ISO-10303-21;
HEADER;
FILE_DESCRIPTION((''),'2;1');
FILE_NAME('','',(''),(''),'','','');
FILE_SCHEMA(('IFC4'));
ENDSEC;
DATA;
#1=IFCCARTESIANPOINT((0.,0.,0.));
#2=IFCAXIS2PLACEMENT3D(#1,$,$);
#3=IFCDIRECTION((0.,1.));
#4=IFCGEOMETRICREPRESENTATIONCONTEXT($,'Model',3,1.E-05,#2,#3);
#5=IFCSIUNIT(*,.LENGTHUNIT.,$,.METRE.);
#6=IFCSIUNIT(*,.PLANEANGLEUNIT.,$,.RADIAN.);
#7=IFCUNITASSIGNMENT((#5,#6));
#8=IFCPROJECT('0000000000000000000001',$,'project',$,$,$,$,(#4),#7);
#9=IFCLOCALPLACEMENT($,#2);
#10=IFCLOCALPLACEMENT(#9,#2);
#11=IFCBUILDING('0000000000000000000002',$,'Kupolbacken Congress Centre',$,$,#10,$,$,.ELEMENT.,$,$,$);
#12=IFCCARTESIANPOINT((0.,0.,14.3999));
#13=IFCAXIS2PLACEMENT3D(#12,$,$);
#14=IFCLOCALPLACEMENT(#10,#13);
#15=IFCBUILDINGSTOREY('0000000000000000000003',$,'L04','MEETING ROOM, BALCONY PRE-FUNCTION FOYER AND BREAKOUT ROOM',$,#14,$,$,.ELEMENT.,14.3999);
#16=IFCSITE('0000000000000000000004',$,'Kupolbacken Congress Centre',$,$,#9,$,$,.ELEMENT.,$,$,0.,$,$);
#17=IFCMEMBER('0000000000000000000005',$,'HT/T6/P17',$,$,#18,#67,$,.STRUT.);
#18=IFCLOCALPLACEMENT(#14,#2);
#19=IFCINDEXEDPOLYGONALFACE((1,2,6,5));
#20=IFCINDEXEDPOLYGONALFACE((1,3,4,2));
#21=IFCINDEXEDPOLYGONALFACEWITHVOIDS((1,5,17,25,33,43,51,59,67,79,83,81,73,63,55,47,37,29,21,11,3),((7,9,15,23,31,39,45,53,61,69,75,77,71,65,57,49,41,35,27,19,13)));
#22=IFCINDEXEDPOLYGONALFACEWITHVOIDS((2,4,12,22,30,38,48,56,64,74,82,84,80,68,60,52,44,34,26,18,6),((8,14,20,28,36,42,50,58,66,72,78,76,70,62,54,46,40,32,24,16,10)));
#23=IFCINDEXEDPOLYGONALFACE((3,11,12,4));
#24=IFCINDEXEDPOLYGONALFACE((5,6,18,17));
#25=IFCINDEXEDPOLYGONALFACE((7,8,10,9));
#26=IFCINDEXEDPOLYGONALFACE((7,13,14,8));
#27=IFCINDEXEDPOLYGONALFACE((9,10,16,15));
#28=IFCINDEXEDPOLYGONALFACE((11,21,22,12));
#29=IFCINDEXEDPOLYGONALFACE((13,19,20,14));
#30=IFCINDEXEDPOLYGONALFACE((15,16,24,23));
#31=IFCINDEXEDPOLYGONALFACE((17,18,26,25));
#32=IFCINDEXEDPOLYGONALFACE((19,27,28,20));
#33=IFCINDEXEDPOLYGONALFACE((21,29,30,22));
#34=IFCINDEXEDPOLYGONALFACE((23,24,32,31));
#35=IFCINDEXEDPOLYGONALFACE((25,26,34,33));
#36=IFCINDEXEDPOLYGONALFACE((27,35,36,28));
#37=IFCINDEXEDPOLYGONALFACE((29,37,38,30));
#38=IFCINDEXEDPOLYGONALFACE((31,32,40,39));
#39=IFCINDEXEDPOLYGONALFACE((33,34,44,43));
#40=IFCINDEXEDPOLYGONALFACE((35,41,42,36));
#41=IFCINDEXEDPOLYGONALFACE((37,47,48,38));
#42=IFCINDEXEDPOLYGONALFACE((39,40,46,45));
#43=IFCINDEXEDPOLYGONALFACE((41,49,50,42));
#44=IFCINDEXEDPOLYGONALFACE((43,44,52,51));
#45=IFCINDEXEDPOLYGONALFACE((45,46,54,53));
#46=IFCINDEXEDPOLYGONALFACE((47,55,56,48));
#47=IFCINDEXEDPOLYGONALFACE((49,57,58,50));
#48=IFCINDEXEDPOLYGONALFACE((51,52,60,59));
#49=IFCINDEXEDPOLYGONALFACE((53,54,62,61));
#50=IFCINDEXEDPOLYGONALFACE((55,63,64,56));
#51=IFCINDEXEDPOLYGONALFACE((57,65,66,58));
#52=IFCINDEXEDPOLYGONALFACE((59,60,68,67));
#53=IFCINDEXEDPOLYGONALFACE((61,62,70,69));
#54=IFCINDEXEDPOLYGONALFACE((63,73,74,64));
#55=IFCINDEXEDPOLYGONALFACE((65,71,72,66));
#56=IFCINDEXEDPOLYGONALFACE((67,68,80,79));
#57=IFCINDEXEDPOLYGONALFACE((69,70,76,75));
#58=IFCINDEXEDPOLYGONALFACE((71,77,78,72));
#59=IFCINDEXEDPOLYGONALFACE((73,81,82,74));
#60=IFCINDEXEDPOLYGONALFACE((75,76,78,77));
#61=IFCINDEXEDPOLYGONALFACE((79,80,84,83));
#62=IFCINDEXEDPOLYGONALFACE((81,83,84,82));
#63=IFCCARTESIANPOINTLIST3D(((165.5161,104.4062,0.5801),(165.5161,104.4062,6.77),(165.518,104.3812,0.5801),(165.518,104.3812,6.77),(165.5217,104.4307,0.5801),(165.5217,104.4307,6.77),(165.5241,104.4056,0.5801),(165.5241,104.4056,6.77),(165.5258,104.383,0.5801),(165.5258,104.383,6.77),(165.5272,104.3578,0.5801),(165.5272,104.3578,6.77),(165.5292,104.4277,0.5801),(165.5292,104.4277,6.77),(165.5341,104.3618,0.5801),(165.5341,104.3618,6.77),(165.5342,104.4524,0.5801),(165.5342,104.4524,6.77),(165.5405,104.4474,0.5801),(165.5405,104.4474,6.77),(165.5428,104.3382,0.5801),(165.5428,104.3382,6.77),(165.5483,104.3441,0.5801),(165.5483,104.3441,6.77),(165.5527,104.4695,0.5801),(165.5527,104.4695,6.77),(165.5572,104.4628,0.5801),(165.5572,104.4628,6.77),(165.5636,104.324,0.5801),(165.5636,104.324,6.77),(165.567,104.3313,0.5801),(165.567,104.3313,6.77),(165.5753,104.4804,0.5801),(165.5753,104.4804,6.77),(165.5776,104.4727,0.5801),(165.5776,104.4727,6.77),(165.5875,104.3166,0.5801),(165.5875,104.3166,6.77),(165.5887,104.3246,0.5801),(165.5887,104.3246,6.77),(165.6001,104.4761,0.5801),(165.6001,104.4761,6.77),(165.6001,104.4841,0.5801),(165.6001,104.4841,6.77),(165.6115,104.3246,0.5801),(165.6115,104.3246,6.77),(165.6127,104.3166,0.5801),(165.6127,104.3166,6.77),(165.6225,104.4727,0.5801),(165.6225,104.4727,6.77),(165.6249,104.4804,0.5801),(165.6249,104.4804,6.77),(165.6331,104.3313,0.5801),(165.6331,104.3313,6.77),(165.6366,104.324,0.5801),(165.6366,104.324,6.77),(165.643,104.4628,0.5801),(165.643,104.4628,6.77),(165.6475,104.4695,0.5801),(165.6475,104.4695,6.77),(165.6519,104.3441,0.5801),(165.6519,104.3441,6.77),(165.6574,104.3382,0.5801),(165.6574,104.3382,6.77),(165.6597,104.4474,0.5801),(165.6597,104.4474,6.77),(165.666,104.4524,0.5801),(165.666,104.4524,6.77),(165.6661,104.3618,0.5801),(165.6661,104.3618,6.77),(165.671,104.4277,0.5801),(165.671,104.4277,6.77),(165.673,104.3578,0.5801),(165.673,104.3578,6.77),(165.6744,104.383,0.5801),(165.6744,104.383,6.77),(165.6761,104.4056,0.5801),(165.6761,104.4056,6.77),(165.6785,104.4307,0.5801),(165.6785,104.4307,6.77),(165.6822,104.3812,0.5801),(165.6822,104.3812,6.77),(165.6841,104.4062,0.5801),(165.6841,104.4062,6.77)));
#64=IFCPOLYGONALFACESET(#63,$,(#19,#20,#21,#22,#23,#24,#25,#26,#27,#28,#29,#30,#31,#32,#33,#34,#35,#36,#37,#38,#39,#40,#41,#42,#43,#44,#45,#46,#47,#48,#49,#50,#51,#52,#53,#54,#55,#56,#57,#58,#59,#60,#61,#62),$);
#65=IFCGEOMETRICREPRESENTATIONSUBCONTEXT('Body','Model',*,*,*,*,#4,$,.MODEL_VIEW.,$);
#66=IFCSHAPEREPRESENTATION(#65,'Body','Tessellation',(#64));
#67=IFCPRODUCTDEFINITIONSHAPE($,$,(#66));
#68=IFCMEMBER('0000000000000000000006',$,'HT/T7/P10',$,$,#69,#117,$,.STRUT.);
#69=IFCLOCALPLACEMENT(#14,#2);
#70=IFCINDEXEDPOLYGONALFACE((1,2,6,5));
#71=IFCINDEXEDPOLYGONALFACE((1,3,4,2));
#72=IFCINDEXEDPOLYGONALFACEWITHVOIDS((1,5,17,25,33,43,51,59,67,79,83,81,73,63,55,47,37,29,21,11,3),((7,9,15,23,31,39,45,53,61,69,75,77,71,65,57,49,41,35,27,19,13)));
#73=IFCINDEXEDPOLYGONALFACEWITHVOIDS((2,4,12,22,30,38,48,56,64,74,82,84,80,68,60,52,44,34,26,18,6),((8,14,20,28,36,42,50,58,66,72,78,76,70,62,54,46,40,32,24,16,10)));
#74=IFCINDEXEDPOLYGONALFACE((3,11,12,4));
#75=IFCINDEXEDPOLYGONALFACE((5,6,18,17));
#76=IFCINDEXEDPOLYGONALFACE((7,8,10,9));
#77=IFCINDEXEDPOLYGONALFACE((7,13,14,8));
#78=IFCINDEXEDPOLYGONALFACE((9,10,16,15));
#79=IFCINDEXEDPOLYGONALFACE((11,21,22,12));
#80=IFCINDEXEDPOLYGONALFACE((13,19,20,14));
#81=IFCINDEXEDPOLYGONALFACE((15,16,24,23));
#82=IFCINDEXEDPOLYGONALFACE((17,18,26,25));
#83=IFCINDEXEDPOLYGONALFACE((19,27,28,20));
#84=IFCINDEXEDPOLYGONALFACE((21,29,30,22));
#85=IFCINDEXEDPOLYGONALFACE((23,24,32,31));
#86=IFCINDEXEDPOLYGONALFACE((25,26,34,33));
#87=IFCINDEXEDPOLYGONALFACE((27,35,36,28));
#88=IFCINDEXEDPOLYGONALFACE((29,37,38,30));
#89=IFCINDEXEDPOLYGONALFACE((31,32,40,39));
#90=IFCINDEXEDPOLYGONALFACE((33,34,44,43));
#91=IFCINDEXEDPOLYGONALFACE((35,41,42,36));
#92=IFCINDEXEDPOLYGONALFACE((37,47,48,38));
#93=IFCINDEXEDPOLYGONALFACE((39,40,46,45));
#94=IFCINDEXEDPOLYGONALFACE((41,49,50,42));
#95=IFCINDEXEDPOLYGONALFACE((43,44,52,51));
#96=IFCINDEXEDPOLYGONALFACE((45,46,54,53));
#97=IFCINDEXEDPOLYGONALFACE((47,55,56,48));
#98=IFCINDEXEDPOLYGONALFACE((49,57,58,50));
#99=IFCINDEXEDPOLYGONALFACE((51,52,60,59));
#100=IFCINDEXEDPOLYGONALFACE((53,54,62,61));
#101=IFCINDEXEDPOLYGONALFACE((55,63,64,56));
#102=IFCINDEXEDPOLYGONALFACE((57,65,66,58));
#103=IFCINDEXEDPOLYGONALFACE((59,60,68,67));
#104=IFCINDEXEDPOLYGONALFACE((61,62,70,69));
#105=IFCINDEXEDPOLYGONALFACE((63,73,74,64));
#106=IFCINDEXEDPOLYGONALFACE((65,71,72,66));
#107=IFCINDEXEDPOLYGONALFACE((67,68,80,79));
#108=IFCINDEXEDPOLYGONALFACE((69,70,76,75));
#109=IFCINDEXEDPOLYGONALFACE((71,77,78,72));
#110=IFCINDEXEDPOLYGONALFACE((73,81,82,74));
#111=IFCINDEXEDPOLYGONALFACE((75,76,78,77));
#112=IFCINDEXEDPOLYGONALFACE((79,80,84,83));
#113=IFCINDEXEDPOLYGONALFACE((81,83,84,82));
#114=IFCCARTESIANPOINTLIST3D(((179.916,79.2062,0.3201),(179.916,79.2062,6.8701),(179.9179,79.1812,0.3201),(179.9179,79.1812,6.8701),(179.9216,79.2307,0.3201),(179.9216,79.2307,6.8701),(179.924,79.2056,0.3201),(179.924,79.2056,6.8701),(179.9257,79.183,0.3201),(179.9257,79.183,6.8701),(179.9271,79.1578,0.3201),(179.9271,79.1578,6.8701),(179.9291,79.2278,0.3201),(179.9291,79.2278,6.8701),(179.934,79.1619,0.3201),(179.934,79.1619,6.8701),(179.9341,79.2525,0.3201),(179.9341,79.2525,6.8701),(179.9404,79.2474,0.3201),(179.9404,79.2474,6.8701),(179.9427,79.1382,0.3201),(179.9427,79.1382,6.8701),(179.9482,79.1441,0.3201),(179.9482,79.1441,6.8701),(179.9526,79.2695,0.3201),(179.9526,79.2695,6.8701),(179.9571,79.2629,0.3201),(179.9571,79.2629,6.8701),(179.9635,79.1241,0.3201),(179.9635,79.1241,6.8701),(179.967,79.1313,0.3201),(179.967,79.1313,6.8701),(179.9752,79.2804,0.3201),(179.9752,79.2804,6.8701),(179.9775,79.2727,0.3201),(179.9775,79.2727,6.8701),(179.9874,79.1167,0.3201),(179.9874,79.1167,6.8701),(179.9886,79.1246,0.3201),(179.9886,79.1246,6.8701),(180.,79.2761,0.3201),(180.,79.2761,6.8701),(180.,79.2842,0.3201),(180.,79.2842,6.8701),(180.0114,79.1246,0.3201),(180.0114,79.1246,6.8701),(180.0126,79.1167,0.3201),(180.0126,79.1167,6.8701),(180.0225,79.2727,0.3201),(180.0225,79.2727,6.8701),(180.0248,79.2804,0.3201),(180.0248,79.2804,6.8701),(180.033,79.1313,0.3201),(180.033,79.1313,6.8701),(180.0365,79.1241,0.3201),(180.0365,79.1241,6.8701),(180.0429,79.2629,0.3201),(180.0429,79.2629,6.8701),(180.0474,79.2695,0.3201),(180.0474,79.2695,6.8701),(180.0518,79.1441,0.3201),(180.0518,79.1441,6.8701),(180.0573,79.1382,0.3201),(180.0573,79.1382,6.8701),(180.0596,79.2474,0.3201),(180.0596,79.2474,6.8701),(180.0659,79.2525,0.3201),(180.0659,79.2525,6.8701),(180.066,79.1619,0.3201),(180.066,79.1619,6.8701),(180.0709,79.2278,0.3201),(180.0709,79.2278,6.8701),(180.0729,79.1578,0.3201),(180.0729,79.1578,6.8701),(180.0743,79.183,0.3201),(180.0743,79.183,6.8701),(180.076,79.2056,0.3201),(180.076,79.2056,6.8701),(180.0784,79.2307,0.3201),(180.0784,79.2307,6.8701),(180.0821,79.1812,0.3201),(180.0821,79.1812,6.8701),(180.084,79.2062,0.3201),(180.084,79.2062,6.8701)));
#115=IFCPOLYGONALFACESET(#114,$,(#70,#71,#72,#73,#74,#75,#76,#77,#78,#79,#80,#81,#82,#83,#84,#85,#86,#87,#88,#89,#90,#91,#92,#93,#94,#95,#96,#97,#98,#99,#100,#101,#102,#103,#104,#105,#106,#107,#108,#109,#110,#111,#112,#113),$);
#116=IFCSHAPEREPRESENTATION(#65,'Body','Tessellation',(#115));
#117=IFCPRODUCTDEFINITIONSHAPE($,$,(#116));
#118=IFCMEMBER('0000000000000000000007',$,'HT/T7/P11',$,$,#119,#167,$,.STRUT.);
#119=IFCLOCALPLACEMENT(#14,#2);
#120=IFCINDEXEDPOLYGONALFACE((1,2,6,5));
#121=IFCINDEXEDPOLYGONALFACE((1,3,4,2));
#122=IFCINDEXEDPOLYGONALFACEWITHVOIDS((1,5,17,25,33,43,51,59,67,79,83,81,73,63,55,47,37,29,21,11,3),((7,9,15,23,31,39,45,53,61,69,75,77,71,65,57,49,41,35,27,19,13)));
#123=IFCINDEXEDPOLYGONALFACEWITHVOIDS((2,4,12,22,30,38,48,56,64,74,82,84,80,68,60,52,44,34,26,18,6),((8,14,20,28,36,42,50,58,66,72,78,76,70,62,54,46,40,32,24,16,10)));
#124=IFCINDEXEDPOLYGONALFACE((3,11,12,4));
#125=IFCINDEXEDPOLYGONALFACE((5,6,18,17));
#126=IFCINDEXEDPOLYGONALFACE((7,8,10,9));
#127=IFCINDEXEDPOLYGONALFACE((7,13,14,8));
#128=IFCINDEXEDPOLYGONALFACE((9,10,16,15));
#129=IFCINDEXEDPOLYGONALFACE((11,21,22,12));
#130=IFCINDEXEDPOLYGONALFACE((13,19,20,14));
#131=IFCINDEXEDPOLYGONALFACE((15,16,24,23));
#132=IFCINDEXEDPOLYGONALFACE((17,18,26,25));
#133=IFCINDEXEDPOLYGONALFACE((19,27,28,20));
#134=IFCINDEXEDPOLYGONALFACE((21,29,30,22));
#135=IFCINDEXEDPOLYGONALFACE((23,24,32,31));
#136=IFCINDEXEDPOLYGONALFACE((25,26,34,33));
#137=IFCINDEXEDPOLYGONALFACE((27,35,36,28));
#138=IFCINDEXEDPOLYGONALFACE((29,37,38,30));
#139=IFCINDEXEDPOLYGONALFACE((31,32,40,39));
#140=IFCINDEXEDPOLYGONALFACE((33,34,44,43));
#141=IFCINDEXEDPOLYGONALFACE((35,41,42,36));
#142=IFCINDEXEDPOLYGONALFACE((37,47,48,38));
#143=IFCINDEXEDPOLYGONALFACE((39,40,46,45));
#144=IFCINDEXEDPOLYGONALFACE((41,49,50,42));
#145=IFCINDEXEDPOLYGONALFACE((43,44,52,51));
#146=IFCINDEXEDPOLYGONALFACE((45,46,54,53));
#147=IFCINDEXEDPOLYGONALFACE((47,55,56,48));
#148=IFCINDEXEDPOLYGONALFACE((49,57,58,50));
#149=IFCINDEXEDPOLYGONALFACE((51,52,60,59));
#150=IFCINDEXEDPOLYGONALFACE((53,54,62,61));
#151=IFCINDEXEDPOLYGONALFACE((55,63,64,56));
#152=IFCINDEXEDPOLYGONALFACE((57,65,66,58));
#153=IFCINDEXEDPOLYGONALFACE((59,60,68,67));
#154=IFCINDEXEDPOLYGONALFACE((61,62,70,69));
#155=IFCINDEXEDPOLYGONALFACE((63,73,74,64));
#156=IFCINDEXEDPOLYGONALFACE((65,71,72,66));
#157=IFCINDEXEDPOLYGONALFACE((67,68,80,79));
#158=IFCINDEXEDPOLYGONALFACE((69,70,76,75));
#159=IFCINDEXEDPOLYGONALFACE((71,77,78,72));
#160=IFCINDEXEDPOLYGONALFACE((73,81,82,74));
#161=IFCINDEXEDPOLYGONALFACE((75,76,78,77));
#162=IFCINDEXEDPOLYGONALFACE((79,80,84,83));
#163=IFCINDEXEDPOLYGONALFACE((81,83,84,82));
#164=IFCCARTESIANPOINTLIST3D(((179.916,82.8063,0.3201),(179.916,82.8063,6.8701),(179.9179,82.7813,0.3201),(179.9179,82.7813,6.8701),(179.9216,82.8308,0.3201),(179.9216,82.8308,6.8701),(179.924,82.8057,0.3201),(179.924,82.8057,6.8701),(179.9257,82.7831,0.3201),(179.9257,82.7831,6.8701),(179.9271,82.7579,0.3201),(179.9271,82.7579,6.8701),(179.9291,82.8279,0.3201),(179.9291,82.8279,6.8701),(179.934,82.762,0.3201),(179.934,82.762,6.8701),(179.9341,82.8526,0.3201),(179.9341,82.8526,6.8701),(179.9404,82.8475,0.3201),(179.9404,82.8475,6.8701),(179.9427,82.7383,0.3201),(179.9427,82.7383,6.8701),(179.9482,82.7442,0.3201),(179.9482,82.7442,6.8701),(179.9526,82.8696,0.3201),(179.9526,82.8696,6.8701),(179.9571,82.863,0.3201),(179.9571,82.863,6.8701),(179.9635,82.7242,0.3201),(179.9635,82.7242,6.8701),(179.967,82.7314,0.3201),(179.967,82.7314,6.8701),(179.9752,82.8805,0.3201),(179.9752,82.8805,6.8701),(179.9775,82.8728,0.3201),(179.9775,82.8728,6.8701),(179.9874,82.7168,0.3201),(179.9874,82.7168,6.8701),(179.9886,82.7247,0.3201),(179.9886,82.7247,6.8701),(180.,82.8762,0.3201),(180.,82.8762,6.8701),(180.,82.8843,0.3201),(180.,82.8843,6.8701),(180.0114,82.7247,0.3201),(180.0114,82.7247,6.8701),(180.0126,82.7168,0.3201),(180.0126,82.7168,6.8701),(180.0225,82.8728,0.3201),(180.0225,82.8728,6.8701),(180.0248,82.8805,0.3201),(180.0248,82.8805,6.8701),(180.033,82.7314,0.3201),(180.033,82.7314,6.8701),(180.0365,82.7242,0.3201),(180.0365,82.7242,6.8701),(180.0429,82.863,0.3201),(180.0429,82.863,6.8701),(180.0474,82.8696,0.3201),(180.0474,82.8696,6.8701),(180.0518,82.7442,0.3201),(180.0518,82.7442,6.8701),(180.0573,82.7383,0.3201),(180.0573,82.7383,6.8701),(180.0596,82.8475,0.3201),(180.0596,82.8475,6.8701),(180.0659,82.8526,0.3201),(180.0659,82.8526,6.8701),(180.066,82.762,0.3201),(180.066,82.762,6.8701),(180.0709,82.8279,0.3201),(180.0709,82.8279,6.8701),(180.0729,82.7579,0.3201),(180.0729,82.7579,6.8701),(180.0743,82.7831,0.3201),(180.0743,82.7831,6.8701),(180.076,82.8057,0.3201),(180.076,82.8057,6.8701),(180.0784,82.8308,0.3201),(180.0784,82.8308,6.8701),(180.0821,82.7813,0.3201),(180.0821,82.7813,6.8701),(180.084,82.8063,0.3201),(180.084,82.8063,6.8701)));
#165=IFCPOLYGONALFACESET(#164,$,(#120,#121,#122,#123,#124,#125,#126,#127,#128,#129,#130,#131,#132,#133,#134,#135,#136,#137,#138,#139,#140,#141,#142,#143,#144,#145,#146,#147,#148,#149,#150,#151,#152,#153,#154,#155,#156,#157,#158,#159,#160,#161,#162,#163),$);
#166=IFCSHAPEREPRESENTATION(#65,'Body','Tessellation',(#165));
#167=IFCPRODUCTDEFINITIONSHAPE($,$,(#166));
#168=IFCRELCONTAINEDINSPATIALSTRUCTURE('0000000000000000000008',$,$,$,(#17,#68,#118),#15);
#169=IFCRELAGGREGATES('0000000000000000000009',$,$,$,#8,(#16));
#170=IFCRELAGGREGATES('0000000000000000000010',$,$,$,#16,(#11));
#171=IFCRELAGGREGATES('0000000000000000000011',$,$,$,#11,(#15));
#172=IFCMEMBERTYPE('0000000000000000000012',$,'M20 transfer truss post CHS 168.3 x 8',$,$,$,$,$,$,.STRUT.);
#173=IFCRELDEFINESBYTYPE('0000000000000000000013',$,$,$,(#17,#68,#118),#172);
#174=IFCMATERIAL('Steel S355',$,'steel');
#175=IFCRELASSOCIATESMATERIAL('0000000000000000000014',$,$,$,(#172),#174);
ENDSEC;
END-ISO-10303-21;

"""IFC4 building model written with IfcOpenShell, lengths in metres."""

from ifc_helpers import new_model, si_unit, direction, frame, origin, origin_2d, place, context, subcontext, project, spatial, hollow_circle, extrude, material, material_profile, profile_set, type_object, element, save


model = new_model("IFC4")

# Units and contexts
model_context = context("Model", 3, precision=1e-05, world=origin(), true_north=direction((0.0, 1.0)))
body_context = subcontext(model_context, "Body", "Model", "MODEL_VIEW")
ifc_project = project(units=[si_unit("LENGTHUNIT", "METRE"), si_unit("PLANEANGLEUNIT", "RADIAN")], contexts=[model_context])

# Site, building, storey
site_placement = place(None, origin())
site = spatial("IfcSite", under=ifc_project, at=site_placement, Name="Kupolbacken Congress Centre", CompositionType="ELEMENT", RefElevation=0.0)
building_placement = place(site_placement, origin())
building = spatial("IfcBuilding", under=site, at=building_placement, Name="Kupolbacken Congress Centre", CompositionType="ELEMENT")
storey_placement = place(building_placement, frame((0.0, 0.0, 14.3999)))
storey = spatial("IfcBuildingStorey", under=building, at=storey_placement, Name="L04", Description="MEETING ROOM, BALCONY PRE-FUNCTION FOYER AND BREAKOUT ROOM", CompositionType="ELEMENT", Elevation=14.3999)

# Members
ifc_material_1 = material(Name="Steel S355", Category="steel")
ifc_material_profile_1 = material_profile(ifc_material_1, hollow_circle(Radius=0.0842, WallThickness=0.0081, at=origin_2d()), Name="CHS 168.3 x 8")
ifc_profile_set_1 = profile_set([ifc_material_profile_1], Name="Steel S355")
member_type_1 = type_object("IfcMemberType", Name="M20 transfer truss post CHS 168.3 x 8", PredefinedType="STRUT", material=ifc_profile_set_1)
member_1_placement = place(storey_placement, frame((165.6001, 104.3999, 0.5801), z_axis=(0.0, 0.0, 1.0), x_axis=(0.0, 1.0, 0.0)))
element("IfcMember", 1, at=member_1_placement, inside=storey, type_object=member_type_1, Name="HT/T6/P17", PredefinedType="STRUT", context=body_context, shape_type="SweptSolid", body=[
    extrude(hollow_circle(Radius=0.0842, WallThickness=0.0081, at=origin_2d()), origin(), (0.0, 0.0, 1.0), 6.1899),
])
for number, where, z_axis, x_axis, name in (
    (2, (180.0, 79.2, 0.3201), (0.0, 0.0, 1.0), (0.0, 1.0, 0.0), "HT/T7/P10"),
    (3, (180.0, 82.8, 0.3201), (0.0, 0.0, 1.0), (0.0, 1.0, 0.0), "HT/T7/P11"),
):
    element("IfcMember", number, at=place(storey_placement, frame(where, z_axis=z_axis, x_axis=x_axis)), inside=storey, type_object=member_type_1, Name=name, PredefinedType="STRUT", context=body_context, shape_type="SweptSolid", body=[
        extrude(hollow_circle(Radius=0.0842, WallThickness=0.0081, at=origin_2d()), origin(), (0.0, 0.0, 1.0), 6.55),
    ])

save(model, "model.ifc")
